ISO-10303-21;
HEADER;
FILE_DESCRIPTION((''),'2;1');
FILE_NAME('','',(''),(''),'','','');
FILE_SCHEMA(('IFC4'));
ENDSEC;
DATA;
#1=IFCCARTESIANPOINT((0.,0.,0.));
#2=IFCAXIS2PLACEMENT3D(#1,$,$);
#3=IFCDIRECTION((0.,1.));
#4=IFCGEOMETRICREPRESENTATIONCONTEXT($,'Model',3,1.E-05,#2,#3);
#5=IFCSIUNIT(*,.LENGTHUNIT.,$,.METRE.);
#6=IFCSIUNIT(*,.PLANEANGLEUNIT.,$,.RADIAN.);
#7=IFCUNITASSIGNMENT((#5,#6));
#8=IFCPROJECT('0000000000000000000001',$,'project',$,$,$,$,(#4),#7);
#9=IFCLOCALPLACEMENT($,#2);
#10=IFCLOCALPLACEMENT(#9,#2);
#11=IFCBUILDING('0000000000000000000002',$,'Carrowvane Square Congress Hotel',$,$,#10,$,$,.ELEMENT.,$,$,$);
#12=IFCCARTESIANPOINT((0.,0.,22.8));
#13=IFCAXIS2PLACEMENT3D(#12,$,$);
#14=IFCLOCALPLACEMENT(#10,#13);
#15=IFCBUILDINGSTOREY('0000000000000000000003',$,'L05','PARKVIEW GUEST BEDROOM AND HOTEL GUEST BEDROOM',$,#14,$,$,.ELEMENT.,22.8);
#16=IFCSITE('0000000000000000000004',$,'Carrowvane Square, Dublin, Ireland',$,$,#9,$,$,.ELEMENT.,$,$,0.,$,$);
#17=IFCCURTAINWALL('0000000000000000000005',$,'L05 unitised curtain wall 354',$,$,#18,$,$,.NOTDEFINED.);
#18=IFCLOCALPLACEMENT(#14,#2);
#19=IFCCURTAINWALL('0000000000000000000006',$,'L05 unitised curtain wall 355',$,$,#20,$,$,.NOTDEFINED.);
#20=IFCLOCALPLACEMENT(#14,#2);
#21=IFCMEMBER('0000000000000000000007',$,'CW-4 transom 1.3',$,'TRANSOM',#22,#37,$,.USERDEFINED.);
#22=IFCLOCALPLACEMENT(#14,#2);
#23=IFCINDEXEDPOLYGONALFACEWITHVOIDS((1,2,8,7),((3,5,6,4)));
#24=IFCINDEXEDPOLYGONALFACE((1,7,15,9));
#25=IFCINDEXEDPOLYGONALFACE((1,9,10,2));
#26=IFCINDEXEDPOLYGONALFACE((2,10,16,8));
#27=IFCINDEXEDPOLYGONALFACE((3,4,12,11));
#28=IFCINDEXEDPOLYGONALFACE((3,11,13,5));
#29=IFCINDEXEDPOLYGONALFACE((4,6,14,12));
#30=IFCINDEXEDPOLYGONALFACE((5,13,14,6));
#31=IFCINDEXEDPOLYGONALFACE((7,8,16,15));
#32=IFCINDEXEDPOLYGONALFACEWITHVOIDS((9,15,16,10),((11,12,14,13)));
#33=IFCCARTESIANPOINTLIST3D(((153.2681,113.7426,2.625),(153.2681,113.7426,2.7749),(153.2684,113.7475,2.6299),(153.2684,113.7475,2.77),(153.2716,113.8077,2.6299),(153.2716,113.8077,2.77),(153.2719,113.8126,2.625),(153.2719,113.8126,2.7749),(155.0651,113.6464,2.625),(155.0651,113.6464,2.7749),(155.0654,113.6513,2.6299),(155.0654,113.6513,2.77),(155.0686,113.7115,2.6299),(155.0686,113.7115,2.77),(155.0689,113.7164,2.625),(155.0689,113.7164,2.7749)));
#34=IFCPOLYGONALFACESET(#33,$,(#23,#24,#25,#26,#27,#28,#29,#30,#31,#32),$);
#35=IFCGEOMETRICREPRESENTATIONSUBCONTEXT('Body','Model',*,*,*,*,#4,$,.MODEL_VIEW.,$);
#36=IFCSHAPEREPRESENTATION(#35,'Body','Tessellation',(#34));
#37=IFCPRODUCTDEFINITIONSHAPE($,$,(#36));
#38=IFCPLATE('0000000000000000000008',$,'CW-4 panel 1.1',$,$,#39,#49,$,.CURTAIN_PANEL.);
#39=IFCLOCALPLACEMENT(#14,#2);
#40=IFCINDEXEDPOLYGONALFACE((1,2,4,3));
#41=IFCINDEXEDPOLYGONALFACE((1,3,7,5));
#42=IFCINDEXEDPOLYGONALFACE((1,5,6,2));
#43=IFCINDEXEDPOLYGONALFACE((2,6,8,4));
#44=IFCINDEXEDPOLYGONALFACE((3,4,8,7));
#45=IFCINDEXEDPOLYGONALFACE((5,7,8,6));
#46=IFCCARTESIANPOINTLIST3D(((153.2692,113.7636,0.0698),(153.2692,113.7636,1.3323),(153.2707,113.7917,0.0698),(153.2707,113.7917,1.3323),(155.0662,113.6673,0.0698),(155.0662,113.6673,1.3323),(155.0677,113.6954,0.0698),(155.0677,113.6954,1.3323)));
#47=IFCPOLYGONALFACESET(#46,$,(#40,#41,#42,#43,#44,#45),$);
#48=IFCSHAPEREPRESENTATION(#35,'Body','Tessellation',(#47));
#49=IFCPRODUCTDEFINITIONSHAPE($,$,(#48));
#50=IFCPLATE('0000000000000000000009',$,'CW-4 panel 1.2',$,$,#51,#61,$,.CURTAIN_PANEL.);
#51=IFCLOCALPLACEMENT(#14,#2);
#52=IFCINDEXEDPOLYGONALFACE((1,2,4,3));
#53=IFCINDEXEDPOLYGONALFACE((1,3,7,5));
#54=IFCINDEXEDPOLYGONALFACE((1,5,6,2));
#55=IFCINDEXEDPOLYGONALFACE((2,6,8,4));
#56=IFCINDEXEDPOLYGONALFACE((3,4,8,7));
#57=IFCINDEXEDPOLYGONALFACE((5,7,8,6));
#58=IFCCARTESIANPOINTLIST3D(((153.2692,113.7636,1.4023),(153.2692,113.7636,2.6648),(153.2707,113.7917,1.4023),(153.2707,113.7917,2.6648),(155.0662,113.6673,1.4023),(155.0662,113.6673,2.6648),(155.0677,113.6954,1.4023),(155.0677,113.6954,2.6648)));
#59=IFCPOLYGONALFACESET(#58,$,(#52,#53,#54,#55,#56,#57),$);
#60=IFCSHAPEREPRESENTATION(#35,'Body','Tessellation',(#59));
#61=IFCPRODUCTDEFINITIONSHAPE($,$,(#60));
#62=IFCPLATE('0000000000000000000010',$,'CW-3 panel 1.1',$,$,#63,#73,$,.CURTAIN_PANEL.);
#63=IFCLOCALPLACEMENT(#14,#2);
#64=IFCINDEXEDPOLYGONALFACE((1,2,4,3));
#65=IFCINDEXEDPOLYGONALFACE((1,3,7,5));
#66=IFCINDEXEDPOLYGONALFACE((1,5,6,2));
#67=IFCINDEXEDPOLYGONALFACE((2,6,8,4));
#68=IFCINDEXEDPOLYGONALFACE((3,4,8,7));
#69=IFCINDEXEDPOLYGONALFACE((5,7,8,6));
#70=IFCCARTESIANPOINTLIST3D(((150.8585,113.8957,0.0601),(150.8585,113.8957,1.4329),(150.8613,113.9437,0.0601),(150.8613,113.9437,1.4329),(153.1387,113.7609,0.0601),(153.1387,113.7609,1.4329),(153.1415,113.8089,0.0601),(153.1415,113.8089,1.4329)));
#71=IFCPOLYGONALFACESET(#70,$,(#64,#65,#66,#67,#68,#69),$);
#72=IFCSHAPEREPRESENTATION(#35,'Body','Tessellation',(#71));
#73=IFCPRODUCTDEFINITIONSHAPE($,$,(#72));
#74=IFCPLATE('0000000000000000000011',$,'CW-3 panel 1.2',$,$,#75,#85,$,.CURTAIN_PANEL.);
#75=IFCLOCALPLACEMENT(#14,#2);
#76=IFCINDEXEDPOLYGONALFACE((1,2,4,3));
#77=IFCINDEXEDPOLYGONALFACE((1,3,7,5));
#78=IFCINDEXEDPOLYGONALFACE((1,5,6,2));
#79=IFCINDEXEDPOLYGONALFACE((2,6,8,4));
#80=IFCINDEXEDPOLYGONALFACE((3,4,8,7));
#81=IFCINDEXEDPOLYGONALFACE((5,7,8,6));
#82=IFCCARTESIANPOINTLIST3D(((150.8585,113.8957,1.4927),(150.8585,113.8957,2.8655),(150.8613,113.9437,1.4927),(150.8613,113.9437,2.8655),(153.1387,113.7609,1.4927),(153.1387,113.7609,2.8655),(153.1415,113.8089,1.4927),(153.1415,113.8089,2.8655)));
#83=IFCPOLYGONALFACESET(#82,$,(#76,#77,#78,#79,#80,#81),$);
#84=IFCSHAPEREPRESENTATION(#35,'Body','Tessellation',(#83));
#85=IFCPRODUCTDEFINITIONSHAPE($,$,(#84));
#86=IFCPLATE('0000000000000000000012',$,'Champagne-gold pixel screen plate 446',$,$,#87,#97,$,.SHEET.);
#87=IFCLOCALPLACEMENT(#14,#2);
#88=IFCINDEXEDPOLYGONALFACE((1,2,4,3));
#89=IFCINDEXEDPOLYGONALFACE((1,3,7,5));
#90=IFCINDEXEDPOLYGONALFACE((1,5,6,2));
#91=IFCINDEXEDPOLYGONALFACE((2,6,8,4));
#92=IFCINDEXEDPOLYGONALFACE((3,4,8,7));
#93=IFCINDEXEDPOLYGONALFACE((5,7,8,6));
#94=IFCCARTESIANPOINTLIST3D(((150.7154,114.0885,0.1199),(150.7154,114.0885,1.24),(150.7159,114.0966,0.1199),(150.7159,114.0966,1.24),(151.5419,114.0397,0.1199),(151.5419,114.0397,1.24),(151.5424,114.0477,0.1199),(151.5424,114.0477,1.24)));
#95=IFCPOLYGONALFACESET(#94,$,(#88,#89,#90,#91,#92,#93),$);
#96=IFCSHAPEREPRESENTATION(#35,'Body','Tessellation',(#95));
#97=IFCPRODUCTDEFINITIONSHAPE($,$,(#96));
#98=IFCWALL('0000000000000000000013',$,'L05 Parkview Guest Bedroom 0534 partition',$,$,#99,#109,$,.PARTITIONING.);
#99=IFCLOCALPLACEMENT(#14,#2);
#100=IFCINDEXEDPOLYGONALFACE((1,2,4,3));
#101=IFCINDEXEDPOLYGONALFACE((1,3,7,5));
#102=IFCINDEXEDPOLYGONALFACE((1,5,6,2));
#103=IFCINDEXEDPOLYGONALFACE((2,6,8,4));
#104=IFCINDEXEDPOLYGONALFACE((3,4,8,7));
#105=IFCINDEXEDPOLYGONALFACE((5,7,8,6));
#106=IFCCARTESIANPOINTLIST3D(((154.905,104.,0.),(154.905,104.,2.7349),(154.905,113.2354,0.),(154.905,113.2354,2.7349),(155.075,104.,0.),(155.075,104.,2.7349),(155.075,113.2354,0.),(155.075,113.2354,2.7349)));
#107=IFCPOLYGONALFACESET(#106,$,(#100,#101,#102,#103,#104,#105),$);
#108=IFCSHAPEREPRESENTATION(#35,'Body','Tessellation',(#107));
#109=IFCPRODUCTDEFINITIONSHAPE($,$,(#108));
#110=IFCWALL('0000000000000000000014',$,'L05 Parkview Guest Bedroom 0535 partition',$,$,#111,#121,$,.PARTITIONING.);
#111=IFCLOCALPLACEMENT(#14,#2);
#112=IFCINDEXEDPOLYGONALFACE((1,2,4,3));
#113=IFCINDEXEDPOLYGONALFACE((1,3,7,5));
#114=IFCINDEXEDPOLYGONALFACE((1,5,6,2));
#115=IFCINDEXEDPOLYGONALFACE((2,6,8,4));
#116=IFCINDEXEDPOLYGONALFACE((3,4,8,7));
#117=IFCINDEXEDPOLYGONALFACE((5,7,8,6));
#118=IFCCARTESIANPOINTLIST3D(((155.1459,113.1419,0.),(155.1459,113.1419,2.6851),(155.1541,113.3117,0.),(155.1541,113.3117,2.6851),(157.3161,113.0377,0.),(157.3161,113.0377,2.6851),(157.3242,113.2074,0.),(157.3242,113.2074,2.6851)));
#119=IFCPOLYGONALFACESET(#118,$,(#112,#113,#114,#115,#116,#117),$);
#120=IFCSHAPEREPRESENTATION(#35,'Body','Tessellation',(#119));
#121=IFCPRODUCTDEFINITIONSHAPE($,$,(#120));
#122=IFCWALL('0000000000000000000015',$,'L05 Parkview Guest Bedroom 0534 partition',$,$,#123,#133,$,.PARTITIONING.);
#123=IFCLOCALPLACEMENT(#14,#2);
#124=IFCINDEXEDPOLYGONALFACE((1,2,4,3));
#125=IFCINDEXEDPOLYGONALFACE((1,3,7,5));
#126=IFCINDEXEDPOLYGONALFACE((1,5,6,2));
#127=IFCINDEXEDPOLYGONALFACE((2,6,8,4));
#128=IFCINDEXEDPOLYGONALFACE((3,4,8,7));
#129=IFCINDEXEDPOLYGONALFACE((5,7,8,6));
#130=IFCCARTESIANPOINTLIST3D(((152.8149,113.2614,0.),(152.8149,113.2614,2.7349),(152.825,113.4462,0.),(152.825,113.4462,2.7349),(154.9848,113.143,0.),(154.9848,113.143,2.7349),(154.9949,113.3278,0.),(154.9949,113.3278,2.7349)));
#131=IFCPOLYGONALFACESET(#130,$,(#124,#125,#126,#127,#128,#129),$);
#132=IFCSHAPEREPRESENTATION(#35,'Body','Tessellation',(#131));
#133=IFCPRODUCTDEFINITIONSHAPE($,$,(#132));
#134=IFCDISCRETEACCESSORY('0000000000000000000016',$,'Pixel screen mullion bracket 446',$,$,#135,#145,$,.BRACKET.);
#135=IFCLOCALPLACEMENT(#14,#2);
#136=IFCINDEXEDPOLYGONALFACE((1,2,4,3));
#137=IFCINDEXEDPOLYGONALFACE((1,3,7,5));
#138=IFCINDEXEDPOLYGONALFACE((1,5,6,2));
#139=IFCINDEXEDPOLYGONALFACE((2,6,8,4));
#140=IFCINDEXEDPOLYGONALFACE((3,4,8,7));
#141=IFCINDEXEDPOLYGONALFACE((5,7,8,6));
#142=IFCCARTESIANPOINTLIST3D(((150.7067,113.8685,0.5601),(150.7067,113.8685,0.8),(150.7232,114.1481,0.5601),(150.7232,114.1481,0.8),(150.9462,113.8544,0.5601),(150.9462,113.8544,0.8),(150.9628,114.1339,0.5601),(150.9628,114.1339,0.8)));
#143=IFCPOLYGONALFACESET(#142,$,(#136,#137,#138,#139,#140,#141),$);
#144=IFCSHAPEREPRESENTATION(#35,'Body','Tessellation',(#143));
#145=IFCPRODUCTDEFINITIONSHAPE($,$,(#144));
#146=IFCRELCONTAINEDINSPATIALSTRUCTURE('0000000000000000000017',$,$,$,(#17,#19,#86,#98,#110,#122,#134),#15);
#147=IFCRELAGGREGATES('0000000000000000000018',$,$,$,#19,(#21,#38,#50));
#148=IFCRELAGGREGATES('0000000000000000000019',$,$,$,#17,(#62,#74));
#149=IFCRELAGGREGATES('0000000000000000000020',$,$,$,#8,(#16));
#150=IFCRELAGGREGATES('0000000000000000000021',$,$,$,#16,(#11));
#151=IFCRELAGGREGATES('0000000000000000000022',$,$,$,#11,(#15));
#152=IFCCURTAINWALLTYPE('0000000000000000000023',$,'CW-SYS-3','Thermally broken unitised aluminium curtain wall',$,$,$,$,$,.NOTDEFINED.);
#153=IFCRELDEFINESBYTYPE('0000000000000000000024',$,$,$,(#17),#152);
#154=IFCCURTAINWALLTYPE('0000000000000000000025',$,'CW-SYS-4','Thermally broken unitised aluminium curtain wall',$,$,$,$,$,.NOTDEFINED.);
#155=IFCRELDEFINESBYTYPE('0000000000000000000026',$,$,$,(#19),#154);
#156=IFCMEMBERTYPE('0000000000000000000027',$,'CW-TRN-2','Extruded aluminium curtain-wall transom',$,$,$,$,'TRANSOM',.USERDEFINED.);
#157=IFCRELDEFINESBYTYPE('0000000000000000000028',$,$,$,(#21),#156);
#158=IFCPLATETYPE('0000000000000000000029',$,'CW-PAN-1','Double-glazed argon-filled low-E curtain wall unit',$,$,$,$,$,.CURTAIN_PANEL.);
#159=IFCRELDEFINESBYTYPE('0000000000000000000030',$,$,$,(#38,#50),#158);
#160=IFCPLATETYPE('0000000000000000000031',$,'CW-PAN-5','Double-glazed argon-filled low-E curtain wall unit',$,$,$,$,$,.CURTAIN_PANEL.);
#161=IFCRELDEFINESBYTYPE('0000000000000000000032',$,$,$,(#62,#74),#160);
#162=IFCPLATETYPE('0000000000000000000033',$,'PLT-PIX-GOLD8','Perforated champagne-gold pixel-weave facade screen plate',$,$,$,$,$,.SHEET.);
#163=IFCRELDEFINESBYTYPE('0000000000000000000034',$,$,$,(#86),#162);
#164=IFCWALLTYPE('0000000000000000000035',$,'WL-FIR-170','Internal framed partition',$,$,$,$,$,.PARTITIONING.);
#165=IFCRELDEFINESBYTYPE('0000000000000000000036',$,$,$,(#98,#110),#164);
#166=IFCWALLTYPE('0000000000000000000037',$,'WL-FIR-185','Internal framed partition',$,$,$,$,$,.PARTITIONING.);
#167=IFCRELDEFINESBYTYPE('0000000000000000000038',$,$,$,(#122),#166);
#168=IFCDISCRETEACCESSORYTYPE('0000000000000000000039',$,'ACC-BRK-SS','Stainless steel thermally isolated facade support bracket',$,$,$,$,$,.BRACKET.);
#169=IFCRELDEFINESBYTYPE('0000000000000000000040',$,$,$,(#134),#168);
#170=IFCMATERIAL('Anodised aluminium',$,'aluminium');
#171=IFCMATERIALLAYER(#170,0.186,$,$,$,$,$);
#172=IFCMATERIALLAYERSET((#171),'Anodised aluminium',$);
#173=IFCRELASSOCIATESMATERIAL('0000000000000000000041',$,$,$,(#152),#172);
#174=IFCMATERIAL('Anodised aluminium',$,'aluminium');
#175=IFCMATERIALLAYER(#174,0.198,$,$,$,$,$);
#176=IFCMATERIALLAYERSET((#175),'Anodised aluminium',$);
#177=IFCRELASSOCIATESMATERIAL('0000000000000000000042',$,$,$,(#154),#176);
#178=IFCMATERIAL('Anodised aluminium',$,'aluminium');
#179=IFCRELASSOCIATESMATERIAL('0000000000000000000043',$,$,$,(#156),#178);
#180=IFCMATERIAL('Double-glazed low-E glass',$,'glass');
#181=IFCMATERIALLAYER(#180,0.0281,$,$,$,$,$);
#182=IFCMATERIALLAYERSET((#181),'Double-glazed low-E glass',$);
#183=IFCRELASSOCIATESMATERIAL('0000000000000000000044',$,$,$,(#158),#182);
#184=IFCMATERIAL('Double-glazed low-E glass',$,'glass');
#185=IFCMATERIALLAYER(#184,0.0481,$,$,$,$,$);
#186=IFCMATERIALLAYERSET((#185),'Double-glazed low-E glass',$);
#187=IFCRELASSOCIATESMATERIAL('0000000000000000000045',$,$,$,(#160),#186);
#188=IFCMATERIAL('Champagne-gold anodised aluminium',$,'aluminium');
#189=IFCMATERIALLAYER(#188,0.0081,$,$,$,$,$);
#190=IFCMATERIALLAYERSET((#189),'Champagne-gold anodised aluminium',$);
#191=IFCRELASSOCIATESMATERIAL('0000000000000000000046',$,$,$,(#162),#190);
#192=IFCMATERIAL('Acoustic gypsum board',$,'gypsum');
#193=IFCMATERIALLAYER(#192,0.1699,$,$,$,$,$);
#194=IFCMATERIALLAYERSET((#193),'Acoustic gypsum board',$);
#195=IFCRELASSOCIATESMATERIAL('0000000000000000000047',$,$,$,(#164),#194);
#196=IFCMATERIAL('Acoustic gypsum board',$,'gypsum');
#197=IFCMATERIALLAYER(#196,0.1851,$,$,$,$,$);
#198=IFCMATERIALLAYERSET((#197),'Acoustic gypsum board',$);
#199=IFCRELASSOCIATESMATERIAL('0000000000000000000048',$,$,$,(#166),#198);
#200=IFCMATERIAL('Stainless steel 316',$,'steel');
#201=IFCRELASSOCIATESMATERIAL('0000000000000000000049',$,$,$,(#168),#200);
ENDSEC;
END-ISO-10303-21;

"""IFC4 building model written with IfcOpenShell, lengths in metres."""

from ifc_helpers import new_model, si_unit, direction, frame, frame_2d, origin, origin_2d, place, context, subcontext, project, spatial, rectangle, hollow_rectangle, extrude, material, layer, layer_set, material_profile, profile_set, type_object, element, aggregate, save


model = new_model("IFC4")

# Units and contexts
model_context = context("Model", 3, precision=1e-05, world=origin(), true_north=direction((0.0, 1.0)))
body_context = subcontext(model_context, "Body", "Model", "MODEL_VIEW")
ifc_project = project(units=[si_unit("LENGTHUNIT", "METRE"), si_unit("PLANEANGLEUNIT", "RADIAN")], contexts=[model_context])

# Site, building, storey
site_placement = place(None, origin())
site = spatial("IfcSite", under=ifc_project, at=site_placement, Name="Carrowvane Square, Dublin, Ireland", CompositionType="ELEMENT", RefElevation=0.0)
building_placement = place(site_placement, origin())
building = spatial("IfcBuilding", under=site, at=building_placement, Name="Carrowvane Square Congress Hotel", CompositionType="ELEMENT")
storey_placement = place(building_placement, frame((0.0, 0.0, 22.8)))
storey = spatial("IfcBuildingStorey", under=building, at=storey_placement, Name="L05", Description="PARKVIEW GUEST BEDROOM AND HOTEL GUEST BEDROOM", CompositionType="ELEMENT", Elevation=22.8)

# Curtain wall
ifc_material_1 = material(Name="Anodised aluminium", Category="aluminium")
ifc_layer_1 = layer(ifc_material_1, 0.186)
ifc_layer_set_1 = layer_set([ifc_layer_1], Name="Anodised aluminium")
curtain_wall_type_1 = type_object("IfcCurtainWallType", Name="CW-SYS-3", Description="Thermally broken unitised aluminium curtain wall", PredefinedType="NOTDEFINED", material=ifc_layer_set_1)
curtain_wall_1_placement = place(storey_placement, origin())
curtain_wall_1 = element("IfcCurtainWall", 1, at=curtain_wall_1_placement, inside=storey, type_object=curtain_wall_type_1, Name="L05 unitised curtain wall 354", PredefinedType="NOTDEFINED")

# Curtain wall
ifc_material_2 = material(Name="Anodised aluminium", Category="aluminium")
ifc_layer_2 = layer(ifc_material_2, 0.198)
ifc_layer_set_2 = layer_set([ifc_layer_2], Name="Anodised aluminium")
curtain_wall_type_2 = type_object("IfcCurtainWallType", Name="CW-SYS-4", Description="Thermally broken unitised aluminium curtain wall", PredefinedType="NOTDEFINED", material=ifc_layer_set_2)
curtain_wall_2_placement = place(storey_placement, origin())
curtain_wall_2 = element("IfcCurtainWall", 2, at=curtain_wall_2_placement, inside=storey, type_object=curtain_wall_type_2, Name="L05 unitised curtain wall 355", PredefinedType="NOTDEFINED")

# Member
ifc_material_3 = material(Name="Anodised aluminium", Category="aluminium")
ifc_material_profile_1 = material_profile(ifc_material_3, hollow_rectangle(XDim=0.0701, YDim=0.1499, WallThickness=0.0049, at=origin_2d()), Name="CW-TR 70x150x5")
ifc_profile_set_1 = profile_set([ifc_material_profile_1], Name="Anodised aluminium")
member_type_1 = type_object("IfcMemberType", Name="CW-TRN-2", Description="Extruded aluminium curtain-wall transom", ElementType="TRANSOM", PredefinedType="USERDEFINED", material=ifc_profile_set_1)
member_1_placement = place(storey_placement, frame((153.27, 113.7776, 2.7), z_axis=(0.99857, -0.053456, 0.0), x_axis=(0.053456, 0.99857, 0.0)))
member_1 = element("IfcMember", 3, at=member_1_placement, type_object=member_type_1, Name="CW-4 transom 1.3", ObjectType="TRANSOM", PredefinedType="USERDEFINED", context=body_context, shape_type="SweptSolid", body=[
    extrude(hollow_rectangle(XDim=0.0701, YDim=0.1499, WallThickness=0.0049, at=origin_2d()), origin(), (0.0, 0.0, 1.0), 1.7996),
])

# Plates
ifc_material_4 = material(Name="Double-glazed low-E glass", Category="glass")
ifc_layer_3 = layer(ifc_material_4, 0.0281)
ifc_layer_set_3 = layer_set([ifc_layer_3], Name="Double-glazed low-E glass")
plate_type_1 = type_object("IfcPlateType", Name="CW-PAN-1", Description="Double-glazed argon-filled low-E curtain wall unit", PredefinedType="CURTAIN_PANEL", material=ifc_layer_set_3)
plate_1_placement = place(storey_placement, frame((154.1685, 113.7295, 0.0698), z_axis=(0.0, 0.0, 1.0), x_axis=(0.998567, -0.053516, 0.0)))
plate_1 = element("IfcPlate", 4, at=plate_1_placement, type_object=plate_type_1, Name="CW-4 panel 1.1", PredefinedType="CURTAIN_PANEL", context=body_context, shape_type="SweptSolid", body=[
    extrude(rectangle(XDim=1.7996, YDim=0.0281, at=origin_2d()), origin(), (0.0, 0.0, 1.0), 1.2625),
])
plate_2_placement = place(storey_placement, frame((154.1685, 113.7295, 1.4023), z_axis=(0.0, 0.0, 1.0), x_axis=(0.998567, -0.053516, 0.0)))
plate_2 = element("IfcPlate", 5, at=plate_2_placement, type_object=plate_type_1, Name="CW-4 panel 1.2", PredefinedType="CURTAIN_PANEL", context=body_context, shape_type="SweptSolid", body=[
    extrude(rectangle(XDim=1.7996, YDim=0.0281, at=origin_2d()), origin(), (0.0, 0.0, 1.0), 1.2625),
])
aggregate(curtain_wall_2, [member_1, plate_1, plate_2])
ifc_material_5 = material(Name="Double-glazed low-E glass", Category="glass")
ifc_layer_4 = layer(ifc_material_5, 0.0481)
ifc_layer_set_4 = layer_set([ifc_layer_4], Name="Double-glazed low-E glass")
plate_type_2 = type_object("IfcPlateType", Name="CW-PAN-5", Description="Double-glazed argon-filled low-E curtain wall unit", PredefinedType="CURTAIN_PANEL", material=ifc_layer_set_4)
plate_3_placement = place(storey_placement, frame((152.0, 113.8523, 0.0601), z_axis=(0.0, 0.0, 1.0), x_axis=(0.998259, -0.058989, 0.0)))
plate_3 = element("IfcPlate", 6, at=plate_3_placement, type_object=plate_type_2, Name="CW-3 panel 1.1", PredefinedType="CURTAIN_PANEL", context=body_context, shape_type="SweptSolid", body=[
    extrude(rectangle(XDim=2.2842, YDim=0.0481, at=origin_2d()), origin(), (0.0, 0.0, 1.0), 1.3728),
])
plate_4_placement = place(storey_placement, frame((152.0, 113.8523, 1.4927), z_axis=(0.0, 0.0, 1.0), x_axis=(0.998259, -0.058989, 0.0)))
plate_4 = element("IfcPlate", 7, at=plate_4_placement, type_object=plate_type_2, Name="CW-3 panel 1.2", PredefinedType="CURTAIN_PANEL", context=body_context, shape_type="SweptSolid", body=[
    extrude(rectangle(XDim=2.2842, YDim=0.0481, at=origin_2d()), origin(), (0.0, 0.0, 1.0), 1.3728),
])
aggregate(curtain_wall_1, [plate_3, plate_4])
ifc_material_6 = material(Name="Champagne-gold anodised aluminium", Category="aluminium")
ifc_layer_5 = layer(ifc_material_6, 0.0081)
ifc_layer_set_5 = layer_set([ifc_layer_5], Name="Champagne-gold anodised aluminium")
plate_type_3 = type_object("IfcPlateType", Name="PLT-PIX-GOLD8", Description="Perforated champagne-gold pixel-weave facade screen plate", PredefinedType="SHEET", material=ifc_layer_set_5)
plate_5_placement = place(storey_placement, frame((151.1289, 114.0681, 0.1199), z_axis=(0.0, 0.0, 1.0), x_axis=(0.998259, -0.058985, 0.0)))
element("IfcPlate", 8, at=plate_5_placement, inside=storey, type_object=plate_type_3, Name="Champagne-gold pixel screen plate 446", PredefinedType="SHEET", context=body_context, shape_type="SweptSolid", body=[
    extrude(rectangle(XDim=0.8279, YDim=0.0081, at=origin_2d()), origin(), (0.0, 0.0, 1.0), 1.1201),
])

# Walls
ifc_material_7 = material(Name="Acoustic gypsum board", Category="gypsum")
ifc_layer_6 = layer(ifc_material_7, 0.1699)
ifc_layer_set_6 = layer_set([ifc_layer_6], Name="Acoustic gypsum board")
wall_type_1 = type_object("IfcWallType", Name="WL-FIR-170", Description="Internal framed partition", PredefinedType="PARTITIONING", material=ifc_layer_set_6)
wall_1_placement = place(storey_placement, frame((154.99, 113.2354, 0.0), z_axis=(0.0, 0.0, 1.0), x_axis=(0.0, -1.0, 0.0)))
element("IfcWall", 9, at=wall_1_placement, inside=storey, type_object=wall_type_1, Name="L05 Parkview Guest Bedroom 0534 partition", PredefinedType="PARTITIONING", context=body_context, shape_type="SweptSolid", body=[
    extrude(rectangle(XDim=9.2354, YDim=0.1699, at=frame_2d((4.6177, 0.0))), origin(), (0.0, 0.0, 1.0), 2.7349),
])
wall_2_placement = place(storey_placement, frame((155.1499, 113.2268, 0.0), z_axis=(0.0, 0.0, 1.0), x_axis=(0.998848, -0.047982, 0.0)))
element("IfcWall", 10, at=wall_2_placement, inside=storey, type_object=wall_type_1, Name="L05 Parkview Guest Bedroom 0535 partition", PredefinedType="PARTITIONING", context=body_context, shape_type="SweptSolid", body=[
    extrude(rectangle(XDim=2.1726, YDim=0.1699, at=frame_2d((1.0864, 0.0))), origin(), (0.0, 0.0, 1.0), 2.6851),
])
ifc_material_8 = material(Name="Acoustic gypsum board", Category="gypsum")
ifc_layer_7 = layer(ifc_material_8, 0.1851)
ifc_layer_set_7 = layer_set([ifc_layer_7], Name="Acoustic gypsum board")
wall_type_2 = type_object("IfcWallType", Name="WL-FIR-185", Description="Internal framed partition", PredefinedType="PARTITIONING", material=ifc_layer_set_7)
wall_3_placement = place(storey_placement, frame((152.8201, 113.3538, 0.0), z_axis=(0.0, 0.0, 1.0), x_axis=(0.998514, -0.054487, 0.0)))
element("IfcWall", 11, at=wall_3_placement, inside=storey, type_object=wall_type_2, Name="L05 Parkview Guest Bedroom 0534 partition", PredefinedType="PARTITIONING", context=body_context, shape_type="SweptSolid", body=[
    extrude(rectangle(XDim=2.1731, YDim=0.1851, at=frame_2d((1.0864, 0.0))), origin(), (0.0, 0.0, 1.0), 2.7349),
])

# Discrete accessory
ifc_material_9 = material(Name="Stainless steel 316", Category="steel")
discrete_accessory_type = type_object("IfcDiscreteAccessoryType", Name="ACC-BRK-SS", Description="Stainless steel thermally isolated facade support bracket", PredefinedType="BRACKET", material=ifc_material_9)
discrete_accessory_placement = place(storey_placement, frame((150.8347, 114.0012, 0.5601), z_axis=(0.0, 0.0, 1.0), x_axis=(0.998259, -0.058985, 0.0)))
element("IfcDiscreteAccessory", 12, at=discrete_accessory_placement, inside=storey, type_object=discrete_accessory_type, Name="Pixel screen mullion bracket 446", PredefinedType="BRACKET", context=body_context, shape_type="SweptSolid", body=[
    extrude(rectangle(XDim=0.24, YDim=0.28, at=origin_2d()), origin(), (0.0, 0.0, 1.0), 0.24),
])

save(model, "model.ifc")
